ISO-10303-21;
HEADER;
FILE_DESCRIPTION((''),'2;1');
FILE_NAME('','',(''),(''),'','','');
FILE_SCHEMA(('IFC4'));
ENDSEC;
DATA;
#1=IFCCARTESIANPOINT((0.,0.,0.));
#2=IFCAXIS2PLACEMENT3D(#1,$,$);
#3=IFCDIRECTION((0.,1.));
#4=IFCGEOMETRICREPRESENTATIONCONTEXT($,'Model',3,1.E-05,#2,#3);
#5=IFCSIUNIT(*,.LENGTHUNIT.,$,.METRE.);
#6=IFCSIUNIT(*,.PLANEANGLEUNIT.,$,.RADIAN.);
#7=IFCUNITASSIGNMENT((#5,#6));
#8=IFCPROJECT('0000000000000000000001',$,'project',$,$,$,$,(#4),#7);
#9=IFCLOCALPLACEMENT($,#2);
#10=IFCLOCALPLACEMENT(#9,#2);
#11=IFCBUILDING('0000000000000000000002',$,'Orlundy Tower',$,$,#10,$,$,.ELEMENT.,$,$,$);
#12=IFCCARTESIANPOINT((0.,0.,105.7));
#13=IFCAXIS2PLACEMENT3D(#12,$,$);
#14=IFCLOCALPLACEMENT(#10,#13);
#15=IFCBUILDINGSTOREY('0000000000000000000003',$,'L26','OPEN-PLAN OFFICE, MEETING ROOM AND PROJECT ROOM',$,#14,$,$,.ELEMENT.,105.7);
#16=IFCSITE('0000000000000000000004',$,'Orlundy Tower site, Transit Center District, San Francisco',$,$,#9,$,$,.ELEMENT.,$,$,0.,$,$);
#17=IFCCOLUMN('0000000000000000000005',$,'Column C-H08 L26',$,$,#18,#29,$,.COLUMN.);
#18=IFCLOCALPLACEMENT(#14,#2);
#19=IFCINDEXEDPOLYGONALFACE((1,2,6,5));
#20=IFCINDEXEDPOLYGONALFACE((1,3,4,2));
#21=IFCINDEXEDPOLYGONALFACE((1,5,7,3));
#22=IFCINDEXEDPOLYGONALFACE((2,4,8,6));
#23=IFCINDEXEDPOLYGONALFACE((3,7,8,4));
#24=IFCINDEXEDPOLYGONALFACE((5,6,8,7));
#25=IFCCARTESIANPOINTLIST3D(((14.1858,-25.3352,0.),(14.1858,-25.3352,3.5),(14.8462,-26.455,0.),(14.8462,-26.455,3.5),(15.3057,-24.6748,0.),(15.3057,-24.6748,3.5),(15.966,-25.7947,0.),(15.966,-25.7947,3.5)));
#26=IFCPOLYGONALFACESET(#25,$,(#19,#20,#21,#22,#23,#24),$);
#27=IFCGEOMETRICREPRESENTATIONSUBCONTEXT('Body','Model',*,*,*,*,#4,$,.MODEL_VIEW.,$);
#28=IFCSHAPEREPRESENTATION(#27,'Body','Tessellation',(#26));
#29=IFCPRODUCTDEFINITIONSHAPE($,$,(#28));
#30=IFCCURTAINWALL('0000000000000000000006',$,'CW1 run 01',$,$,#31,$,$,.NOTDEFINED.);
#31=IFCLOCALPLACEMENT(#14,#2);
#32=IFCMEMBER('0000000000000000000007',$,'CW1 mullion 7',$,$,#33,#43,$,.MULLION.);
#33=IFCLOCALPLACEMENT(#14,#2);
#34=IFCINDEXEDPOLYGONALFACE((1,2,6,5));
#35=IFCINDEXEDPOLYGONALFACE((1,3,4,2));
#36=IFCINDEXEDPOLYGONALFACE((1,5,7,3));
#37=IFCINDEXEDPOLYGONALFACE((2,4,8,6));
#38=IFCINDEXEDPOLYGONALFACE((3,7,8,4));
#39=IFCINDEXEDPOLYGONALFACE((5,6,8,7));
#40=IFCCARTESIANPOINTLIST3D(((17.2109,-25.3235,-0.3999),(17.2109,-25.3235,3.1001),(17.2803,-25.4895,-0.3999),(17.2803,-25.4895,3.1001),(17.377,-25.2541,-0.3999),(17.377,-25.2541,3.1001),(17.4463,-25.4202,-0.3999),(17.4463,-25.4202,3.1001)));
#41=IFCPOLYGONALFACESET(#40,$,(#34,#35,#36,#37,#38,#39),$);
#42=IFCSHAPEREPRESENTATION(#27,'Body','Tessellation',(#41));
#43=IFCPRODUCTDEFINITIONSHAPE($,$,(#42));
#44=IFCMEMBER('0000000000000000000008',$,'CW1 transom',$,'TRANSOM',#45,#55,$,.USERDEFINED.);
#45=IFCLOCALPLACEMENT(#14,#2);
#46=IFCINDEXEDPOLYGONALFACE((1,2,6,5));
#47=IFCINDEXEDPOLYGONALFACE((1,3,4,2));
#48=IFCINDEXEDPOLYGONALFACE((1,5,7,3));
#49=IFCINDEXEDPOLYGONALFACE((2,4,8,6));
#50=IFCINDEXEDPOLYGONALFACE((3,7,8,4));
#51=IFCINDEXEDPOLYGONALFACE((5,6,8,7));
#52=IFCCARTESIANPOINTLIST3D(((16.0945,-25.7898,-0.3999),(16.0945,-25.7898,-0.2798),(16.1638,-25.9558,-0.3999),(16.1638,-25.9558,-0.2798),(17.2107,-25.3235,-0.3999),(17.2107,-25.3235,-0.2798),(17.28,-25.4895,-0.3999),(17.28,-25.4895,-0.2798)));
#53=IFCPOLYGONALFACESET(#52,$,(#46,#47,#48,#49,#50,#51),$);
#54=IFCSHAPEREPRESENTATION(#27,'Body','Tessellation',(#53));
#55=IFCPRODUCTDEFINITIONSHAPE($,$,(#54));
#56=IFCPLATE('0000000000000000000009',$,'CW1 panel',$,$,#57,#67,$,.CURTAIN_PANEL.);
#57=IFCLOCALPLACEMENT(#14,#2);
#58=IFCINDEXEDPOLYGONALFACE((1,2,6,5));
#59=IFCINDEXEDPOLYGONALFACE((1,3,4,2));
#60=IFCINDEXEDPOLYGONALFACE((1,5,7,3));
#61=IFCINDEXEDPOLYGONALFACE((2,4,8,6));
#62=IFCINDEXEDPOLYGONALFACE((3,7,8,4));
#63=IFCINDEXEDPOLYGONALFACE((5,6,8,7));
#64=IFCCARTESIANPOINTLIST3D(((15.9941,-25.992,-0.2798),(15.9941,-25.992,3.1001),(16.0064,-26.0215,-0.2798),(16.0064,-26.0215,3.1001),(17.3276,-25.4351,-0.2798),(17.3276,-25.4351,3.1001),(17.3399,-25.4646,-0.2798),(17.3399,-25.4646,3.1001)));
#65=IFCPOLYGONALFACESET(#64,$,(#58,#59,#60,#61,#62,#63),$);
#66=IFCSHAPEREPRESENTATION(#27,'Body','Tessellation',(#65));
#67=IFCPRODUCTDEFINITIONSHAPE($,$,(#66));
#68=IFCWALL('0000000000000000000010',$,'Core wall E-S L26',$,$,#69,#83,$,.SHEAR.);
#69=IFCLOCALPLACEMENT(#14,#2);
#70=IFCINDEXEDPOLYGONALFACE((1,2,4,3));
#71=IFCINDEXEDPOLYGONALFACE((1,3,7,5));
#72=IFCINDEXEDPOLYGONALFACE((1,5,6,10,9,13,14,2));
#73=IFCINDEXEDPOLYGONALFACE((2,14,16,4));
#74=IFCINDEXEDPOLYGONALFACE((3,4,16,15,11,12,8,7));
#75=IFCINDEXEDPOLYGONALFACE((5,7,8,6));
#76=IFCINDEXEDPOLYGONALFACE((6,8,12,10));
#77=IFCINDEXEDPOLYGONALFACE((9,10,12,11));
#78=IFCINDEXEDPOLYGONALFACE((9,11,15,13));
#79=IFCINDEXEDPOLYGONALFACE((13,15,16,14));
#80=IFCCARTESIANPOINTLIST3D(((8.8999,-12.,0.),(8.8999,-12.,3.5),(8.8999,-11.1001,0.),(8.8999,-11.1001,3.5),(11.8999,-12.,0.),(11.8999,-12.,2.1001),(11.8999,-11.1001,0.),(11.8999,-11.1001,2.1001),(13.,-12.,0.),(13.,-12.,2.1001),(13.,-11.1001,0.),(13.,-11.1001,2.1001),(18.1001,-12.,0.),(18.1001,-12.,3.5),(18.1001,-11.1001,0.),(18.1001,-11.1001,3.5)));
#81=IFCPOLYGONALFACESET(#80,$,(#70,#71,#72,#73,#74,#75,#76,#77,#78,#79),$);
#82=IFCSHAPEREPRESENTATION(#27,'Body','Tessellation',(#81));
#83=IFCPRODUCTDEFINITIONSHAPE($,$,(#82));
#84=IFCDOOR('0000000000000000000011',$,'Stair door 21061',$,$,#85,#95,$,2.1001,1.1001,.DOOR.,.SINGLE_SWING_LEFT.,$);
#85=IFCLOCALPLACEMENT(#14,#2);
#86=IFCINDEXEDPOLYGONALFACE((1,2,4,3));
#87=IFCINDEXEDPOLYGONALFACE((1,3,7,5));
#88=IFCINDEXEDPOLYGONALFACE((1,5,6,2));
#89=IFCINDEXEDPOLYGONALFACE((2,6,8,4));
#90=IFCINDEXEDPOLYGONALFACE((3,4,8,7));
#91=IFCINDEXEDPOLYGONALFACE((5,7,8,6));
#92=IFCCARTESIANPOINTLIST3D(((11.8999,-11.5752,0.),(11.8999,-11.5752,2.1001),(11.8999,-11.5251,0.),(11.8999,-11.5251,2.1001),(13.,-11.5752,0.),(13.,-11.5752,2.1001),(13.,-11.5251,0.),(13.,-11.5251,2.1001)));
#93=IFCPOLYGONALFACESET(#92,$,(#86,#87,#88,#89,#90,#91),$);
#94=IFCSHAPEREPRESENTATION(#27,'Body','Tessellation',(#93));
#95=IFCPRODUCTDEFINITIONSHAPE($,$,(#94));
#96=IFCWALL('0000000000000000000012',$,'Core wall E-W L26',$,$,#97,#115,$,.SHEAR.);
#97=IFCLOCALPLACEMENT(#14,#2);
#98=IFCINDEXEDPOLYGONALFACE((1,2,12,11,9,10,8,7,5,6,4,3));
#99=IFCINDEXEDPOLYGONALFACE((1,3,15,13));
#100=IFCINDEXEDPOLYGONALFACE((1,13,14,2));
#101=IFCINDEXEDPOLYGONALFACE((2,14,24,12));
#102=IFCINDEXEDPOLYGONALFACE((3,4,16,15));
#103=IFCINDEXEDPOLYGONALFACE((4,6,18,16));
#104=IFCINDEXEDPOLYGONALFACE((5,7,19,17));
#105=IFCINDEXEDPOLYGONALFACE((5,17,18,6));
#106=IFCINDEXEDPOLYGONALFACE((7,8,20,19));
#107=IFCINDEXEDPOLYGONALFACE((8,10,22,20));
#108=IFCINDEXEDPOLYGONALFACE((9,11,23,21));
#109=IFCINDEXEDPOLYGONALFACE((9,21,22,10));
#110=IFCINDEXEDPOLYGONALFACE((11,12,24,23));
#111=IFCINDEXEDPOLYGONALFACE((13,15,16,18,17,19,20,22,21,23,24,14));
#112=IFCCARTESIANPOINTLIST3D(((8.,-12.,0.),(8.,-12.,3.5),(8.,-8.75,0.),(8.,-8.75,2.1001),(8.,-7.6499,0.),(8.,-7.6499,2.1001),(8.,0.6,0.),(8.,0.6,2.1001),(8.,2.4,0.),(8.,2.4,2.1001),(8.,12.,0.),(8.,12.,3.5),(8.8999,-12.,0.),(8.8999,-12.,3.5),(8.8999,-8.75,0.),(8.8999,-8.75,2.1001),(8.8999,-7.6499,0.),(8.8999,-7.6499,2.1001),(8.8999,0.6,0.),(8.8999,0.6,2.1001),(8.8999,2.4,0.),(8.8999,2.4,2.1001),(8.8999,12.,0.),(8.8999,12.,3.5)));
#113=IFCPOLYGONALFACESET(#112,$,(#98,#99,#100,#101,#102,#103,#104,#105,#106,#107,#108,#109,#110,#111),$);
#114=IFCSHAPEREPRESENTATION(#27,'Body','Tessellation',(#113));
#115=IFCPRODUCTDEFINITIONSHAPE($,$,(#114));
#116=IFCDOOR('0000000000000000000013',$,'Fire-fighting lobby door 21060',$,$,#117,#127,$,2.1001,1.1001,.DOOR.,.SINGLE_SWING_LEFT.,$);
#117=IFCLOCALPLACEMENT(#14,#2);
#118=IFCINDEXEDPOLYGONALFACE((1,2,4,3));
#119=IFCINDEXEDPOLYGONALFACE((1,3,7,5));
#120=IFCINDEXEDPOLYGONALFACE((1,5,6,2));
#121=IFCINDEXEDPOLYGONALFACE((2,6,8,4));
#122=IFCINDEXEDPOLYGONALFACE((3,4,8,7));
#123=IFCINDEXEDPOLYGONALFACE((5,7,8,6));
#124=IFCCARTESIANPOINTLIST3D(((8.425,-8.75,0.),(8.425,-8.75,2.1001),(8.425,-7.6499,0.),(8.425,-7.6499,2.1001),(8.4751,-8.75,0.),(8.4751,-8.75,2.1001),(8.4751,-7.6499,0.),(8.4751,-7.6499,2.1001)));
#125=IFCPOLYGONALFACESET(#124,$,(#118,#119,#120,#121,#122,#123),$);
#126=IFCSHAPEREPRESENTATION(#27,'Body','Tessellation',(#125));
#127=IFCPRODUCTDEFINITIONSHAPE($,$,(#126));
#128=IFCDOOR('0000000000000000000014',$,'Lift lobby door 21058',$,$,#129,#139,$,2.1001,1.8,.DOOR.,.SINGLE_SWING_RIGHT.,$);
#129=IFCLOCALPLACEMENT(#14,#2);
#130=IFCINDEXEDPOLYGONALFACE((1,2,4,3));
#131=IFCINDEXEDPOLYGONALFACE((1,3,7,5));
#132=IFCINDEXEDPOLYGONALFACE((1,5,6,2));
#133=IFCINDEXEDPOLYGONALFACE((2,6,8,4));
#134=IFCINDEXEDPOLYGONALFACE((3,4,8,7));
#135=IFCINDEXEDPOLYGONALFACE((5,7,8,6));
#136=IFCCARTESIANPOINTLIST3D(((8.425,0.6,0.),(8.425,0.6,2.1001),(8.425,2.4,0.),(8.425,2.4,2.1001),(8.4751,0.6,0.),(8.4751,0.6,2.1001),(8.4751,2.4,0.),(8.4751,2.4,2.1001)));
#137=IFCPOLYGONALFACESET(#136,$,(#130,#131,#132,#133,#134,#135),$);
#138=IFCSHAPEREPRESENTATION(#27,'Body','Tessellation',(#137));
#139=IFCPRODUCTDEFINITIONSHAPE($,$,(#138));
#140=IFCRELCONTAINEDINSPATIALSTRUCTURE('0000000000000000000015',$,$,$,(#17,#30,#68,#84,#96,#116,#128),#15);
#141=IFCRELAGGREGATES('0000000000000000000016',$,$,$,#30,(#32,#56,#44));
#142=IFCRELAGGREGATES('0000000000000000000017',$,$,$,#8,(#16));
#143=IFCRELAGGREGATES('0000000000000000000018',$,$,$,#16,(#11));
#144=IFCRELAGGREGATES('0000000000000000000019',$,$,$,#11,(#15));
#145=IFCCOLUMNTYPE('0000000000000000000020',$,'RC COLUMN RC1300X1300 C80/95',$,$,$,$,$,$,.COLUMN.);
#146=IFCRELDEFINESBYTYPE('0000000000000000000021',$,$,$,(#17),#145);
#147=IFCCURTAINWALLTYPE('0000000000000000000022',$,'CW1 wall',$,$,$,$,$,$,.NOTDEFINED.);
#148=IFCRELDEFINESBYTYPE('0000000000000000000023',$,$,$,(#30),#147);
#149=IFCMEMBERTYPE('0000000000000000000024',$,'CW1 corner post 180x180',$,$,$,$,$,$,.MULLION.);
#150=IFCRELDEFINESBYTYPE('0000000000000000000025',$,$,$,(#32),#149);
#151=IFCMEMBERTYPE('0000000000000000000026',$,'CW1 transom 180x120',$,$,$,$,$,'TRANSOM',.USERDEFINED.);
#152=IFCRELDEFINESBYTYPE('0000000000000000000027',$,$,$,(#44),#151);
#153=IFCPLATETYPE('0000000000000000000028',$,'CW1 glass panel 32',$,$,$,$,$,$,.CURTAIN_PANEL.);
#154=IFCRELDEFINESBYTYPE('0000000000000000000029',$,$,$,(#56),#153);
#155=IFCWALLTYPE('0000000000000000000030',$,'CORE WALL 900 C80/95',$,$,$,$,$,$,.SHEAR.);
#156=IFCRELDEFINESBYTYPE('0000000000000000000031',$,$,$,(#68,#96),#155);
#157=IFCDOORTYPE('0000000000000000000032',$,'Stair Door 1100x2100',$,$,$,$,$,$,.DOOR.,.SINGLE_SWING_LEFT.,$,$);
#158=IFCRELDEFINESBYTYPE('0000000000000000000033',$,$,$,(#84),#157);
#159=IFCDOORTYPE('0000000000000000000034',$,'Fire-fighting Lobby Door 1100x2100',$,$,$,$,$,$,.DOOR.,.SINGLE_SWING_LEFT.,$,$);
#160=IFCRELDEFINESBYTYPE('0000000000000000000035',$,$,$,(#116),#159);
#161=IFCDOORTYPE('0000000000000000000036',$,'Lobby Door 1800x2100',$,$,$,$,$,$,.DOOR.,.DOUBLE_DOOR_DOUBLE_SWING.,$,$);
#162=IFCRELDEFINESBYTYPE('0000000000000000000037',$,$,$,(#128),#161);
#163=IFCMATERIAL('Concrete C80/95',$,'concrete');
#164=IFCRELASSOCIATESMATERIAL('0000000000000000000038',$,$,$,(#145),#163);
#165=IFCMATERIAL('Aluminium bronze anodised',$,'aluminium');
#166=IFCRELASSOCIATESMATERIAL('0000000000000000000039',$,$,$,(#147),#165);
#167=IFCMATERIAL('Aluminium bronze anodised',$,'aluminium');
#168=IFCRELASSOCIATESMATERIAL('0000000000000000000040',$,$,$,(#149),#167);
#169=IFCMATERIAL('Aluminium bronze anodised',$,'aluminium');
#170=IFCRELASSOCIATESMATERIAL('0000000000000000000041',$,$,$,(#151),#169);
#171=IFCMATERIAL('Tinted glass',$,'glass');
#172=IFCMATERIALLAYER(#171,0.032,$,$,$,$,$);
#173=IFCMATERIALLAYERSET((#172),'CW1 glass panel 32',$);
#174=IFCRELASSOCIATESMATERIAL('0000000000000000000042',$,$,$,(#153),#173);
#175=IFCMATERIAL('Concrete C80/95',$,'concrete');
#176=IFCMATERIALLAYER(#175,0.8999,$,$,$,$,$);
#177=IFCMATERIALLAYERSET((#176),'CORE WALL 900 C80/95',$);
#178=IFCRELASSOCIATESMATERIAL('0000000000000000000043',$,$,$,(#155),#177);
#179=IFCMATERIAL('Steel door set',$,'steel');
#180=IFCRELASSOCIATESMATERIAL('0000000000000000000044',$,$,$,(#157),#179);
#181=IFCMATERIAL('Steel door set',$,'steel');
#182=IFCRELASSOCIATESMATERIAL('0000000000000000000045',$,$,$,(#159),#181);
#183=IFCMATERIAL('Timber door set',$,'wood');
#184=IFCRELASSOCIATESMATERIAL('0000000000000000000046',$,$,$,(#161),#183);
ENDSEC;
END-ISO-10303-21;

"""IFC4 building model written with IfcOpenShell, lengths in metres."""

from ifc_helpers import new_model, si_unit, direction, frame, frame_2d, origin, origin_2d, place, context, subcontext, project, spatial, rectangle, extrude, material, layer, layer_set, material_profile, profile_set, type_object, element, fill, aggregate, save


model = new_model("IFC4")

# Units and contexts
model_context = context("Model", 3, precision=1e-05, world=origin(), true_north=direction((0.0, 1.0)))
body_context = subcontext(model_context, "Body", "Model", "MODEL_VIEW")
ifc_project = project(units=[si_unit("LENGTHUNIT", "METRE"), si_unit("PLANEANGLEUNIT", "RADIAN")], contexts=[model_context])

# Site, building, storey
site_placement = place(None, origin())
site = spatial("IfcSite", under=ifc_project, at=site_placement, Name="Orlundy Tower site, Transit Center District, San Francisco", CompositionType="ELEMENT", RefElevation=0.0)
building_placement = place(site_placement, origin())
building = spatial("IfcBuilding", under=site, at=building_placement, Name="Orlundy Tower", CompositionType="ELEMENT")
storey_placement = place(building_placement, frame((0.0, 0.0, 105.7)))
storey = spatial("IfcBuildingStorey", under=building, at=storey_placement, Name="L26", Description="OPEN-PLAN OFFICE, MEETING ROOM AND PROJECT ROOM", CompositionType="ELEMENT", Elevation=105.7)

# Column
ifc_material_1 = material(Name="Concrete C80/95", Category="concrete")
ifc_material_profile_1 = material_profile(ifc_material_1, rectangle(XDim=1.3, YDim=1.3, at=origin_2d()), Name="RC1300X1300")
ifc_profile_set_1 = profile_set([ifc_material_profile_1], Name="Concrete C80/95")
column_type = type_object("IfcColumnType", Name="RC COLUMN RC1300X1300 C80/95", PredefinedType="COLUMN", material=ifc_profile_set_1)
column_placement = place(storey_placement, frame((15.0759, -25.5649, 0.0), z_axis=(0.0, 0.0, 1.0), x_axis=(0.507959, -0.861381, 0.0)))
element("IfcColumn", 1, at=column_placement, inside=storey, type_object=column_type, Name="Column C-H08 L26", PredefinedType="COLUMN", context=body_context, shape_type="SweptSolid", body=[
    extrude(rectangle(XDim=1.3, YDim=1.3, at=origin_2d()), origin(), (0.0, 0.0, 1.0), 3.5),
])

# Curtain wall, members, plate
ifc_material_2 = material(Name="Aluminium bronze anodised", Category="aluminium")
curtain_wall_type = type_object("IfcCurtainWallType", Name="CW1 wall", PredefinedType="NOTDEFINED", material=ifc_material_2)
curtain_wall_placement = place(storey_placement, origin())
curtain_wall = element("IfcCurtainWall", 2, at=curtain_wall_placement, inside=storey, type_object=curtain_wall_type, Name="CW1 run 01", PredefinedType="NOTDEFINED")
ifc_material_3 = material(Name="Aluminium bronze anodised", Category="aluminium")
ifc_material_profile_2 = material_profile(ifc_material_3, rectangle(XDim=0.1799, YDim=0.1799, at=origin_2d()), Name="CW1 corner post 180x180")
ifc_profile_set_2 = profile_set([ifc_material_profile_2], Name="Aluminium bronze anodised")
member_type_1 = type_object("IfcMemberType", Name="CW1 corner post 180x180", PredefinedType="MULLION", material=ifc_profile_set_2)
member_1_placement = place(storey_placement, frame((17.3286, -25.3718, -0.3999), z_axis=(0.0, 0.0, 1.0), x_axis=(0.385377, -0.922759, 0.0)))
member_1 = element("IfcMember", 3, at=member_1_placement, type_object=member_type_1, Name="CW1 mullion 7", PredefinedType="MULLION", context=body_context, shape_type="SweptSolid", body=[
    extrude(rectangle(XDim=0.1799, YDim=0.1799, at=origin_2d()), origin(), (0.0, 0.0, 1.0), 3.5),
])
ifc_material_4 = material(Name="Aluminium bronze anodised", Category="aluminium")
ifc_material_profile_3 = material_profile(ifc_material_4, rectangle(XDim=0.1799, YDim=0.1201, at=origin_2d()), Name="CW1 transom 180x120")
ifc_profile_set_3 = profile_set([ifc_material_profile_3], Name="Aluminium bronze anodised")
member_type_2 = type_object("IfcMemberType", Name="CW1 transom 180x120", ElementType="TRANSOM", PredefinedType="USERDEFINED", material=ifc_profile_set_3)
member_2_placement = place(storey_placement, frame((17.2454, -25.4065, -0.3398), z_axis=(-0.922718, -0.385475, 0.0), x_axis=(0.385475, -0.922718, 0.0)))
member_2 = element("IfcMember", 4, at=member_2_placement, type_object=member_type_2, Name="CW1 transom", ObjectType="TRANSOM", PredefinedType="USERDEFINED", context=body_context, shape_type="SweptSolid", body=[
    extrude(rectangle(XDim=0.1799, YDim=0.1201, at=origin_2d()), origin(), (0.0, 0.0, 1.0), 1.2097),
])
ifc_material_5 = material(Name="Tinted glass", Category="glass")
ifc_layer_1 = layer(ifc_material_5, 0.032)
ifc_layer_set_1 = layer_set([ifc_layer_1], Name="CW1 glass panel 32")
plate_type = type_object("IfcPlateType", Name="CW1 glass panel 32", PredefinedType="CURTAIN_PANEL", material=ifc_layer_set_1)
plate_placement = place(storey_placement, frame((16.667, -25.7283, -0.2798), z_axis=(0.0, 0.0, 1.0), x_axis=(-0.922759, -0.385377, 0.0)))
plate = element("IfcPlate", 5, at=plate_placement, type_object=plate_type, Name="CW1 panel", PredefinedType="CURTAIN_PANEL", context=body_context, shape_type="SweptSolid", body=[
    extrude(rectangle(XDim=1.4451, YDim=0.032, at=origin_2d()), origin(), (0.0, 0.0, 1.0), 3.3799),
])
aggregate(curtain_wall, [member_1, plate, member_2])

# Wall, opening, door
ifc_material_6 = material(Name="Concrete C80/95", Category="concrete")
ifc_layer_2 = layer(ifc_material_6, 0.8999)
ifc_layer_set_2 = layer_set([ifc_layer_2], Name="CORE WALL 900 C80/95")
wall_type_1 = type_object("IfcWallType", Name="CORE WALL 900 C80/95", PredefinedType="SHEAR", material=ifc_layer_set_2)
wall_1_placement = place(storey_placement, frame((8.8999, -11.55, 0.0), z_axis=(0.0, 0.0, 1.0), x_axis=(1.0, 0.0, 0.0)))
wall_1 = element("IfcWall", 6, at=wall_1_placement, inside=storey, type_object=wall_type_1, Name="Core wall E-S L26", PredefinedType="SHEAR", context=body_context, shape_type="SweptSolid", body=[
    extrude(rectangle(XDim=9.2002, YDim=0.8999, at=frame_2d((4.6001, 0.0))), origin(), (0.0, 0.0, 1.0), 3.5),
])
opening_1_placement = place(wall_1_placement, frame((3.0, 0.0, 0.0)))
opening_1 = element("IfcOpeningElement", 7, at=opening_1_placement, cuts=wall_1, PredefinedType="OPENING", context=body_context, shape_type="SweptSolid", body=[
    extrude(rectangle(XDim=1.1001, YDim=2.1001, at=frame_2d((0.55, 1.05))), frame((0.0, 0.46, 0.0), z_axis=(0.0, -1.0, 0.0), x_axis=(1.0, 0.0, 0.0)), (0.0, 0.0, 1.0), 0.9199),
])
ifc_material_7 = material(Name="Steel door set", Category="steel")
door_type_1 = type_object("IfcDoorType", Name="Stair Door 1100x2100", OperationType="SINGLE_SWING_LEFT", PredefinedType="DOOR", material=ifc_material_7)
door_1_placement = place(opening_1_placement, origin())
door_1 = element("IfcDoor", 8, at=door_1_placement, inside=storey, type_object=door_type_1, Name="Stair door 21061", OperationType="SINGLE_SWING_LEFT", OverallHeight=2.1001, OverallWidth=1.1001, PredefinedType="DOOR", context=body_context, shape_type="SweptSolid", body=[
    extrude(rectangle(XDim=1.1001, YDim=2.1001, at=frame_2d((0.55, 1.05))), frame((0.0, 0.0249, 0.0), z_axis=(0.0, -1.0, 0.0), x_axis=(1.0, 0.0, 0.0)), (0.0, 0.0, 1.0), 0.05),
])
fill(opening_1, door_1)

# Wall, openings, doors
wall_2_placement = place(storey_placement, frame((8.45, -12.0, 0.0), z_axis=(0.0, 0.0, 1.0), x_axis=(0.0, 1.0, 0.0)))
wall_2 = element("IfcWall", 9, at=wall_2_placement, inside=storey, type_object=wall_type_1, Name="Core wall E-W L26", PredefinedType="SHEAR", context=body_context, shape_type="SweptSolid", body=[
    extrude(rectangle(XDim=24.0, YDim=0.8999, at=frame_2d((12.0, 0.0))), origin(), (0.0, 0.0, 1.0), 3.5),
])
opening_2_placement = place(wall_2_placement, frame((12.6001, 0.0, 0.0)))
opening_2 = element("IfcOpeningElement", 10, at=opening_2_placement, cuts=wall_2, PredefinedType="OPENING", context=body_context, shape_type="SweptSolid", body=[
    extrude(rectangle(XDim=1.8, YDim=2.1001, at=frame_2d((0.8999, 1.05))), frame((0.0, 0.46, 0.0), z_axis=(0.0, -1.0, 0.0), x_axis=(1.0, 0.0, 0.0)), (0.0, 0.0, 1.0), 0.9199),
])
opening_3_placement = place(wall_2_placement, frame((3.25, 0.0, 0.0)))
opening_3 = element("IfcOpeningElement", 11, at=opening_3_placement, cuts=wall_2, PredefinedType="OPENING", context=body_context, shape_type="SweptSolid", body=[
    extrude(rectangle(XDim=1.1001, YDim=2.1001, at=frame_2d((0.55, 1.05))), frame((0.0, 0.46, 0.0), z_axis=(0.0, -1.0, 0.0), x_axis=(1.0, 0.0, 0.0)), (0.0, 0.0, 1.0), 0.9199),
])
ifc_material_8 = material(Name="Steel door set", Category="steel")
door_type_2 = type_object("IfcDoorType", Name="Fire-fighting Lobby Door 1100x2100", OperationType="SINGLE_SWING_LEFT", PredefinedType="DOOR", material=ifc_material_8)
door_2_placement = place(opening_3_placement, origin())
door_2 = element("IfcDoor", 12, at=door_2_placement, inside=storey, type_object=door_type_2, Name="Fire-fighting lobby door 21060", OperationType="SINGLE_SWING_LEFT", OverallHeight=2.1001, OverallWidth=1.1001, PredefinedType="DOOR", context=body_context, shape_type="SweptSolid", body=[
    extrude(rectangle(XDim=1.1001, YDim=2.1001, at=frame_2d((0.55, 1.05))), frame((0.0, 0.0249, 0.0), z_axis=(0.0, -1.0, 0.0), x_axis=(1.0, 0.0, 0.0)), (0.0, 0.0, 1.0), 0.05),
])
fill(opening_3, door_2)
ifc_material_9 = material(Name="Timber door set", Category="wood")
door_type_3 = type_object("IfcDoorType", Name="Lobby Door 1800x2100", OperationType="DOUBLE_DOOR_DOUBLE_SWING", PredefinedType="DOOR", material=ifc_material_9)
door_3_placement = place(opening_2_placement, origin())
door_3 = element("IfcDoor", 13, at=door_3_placement, inside=storey, type_object=door_type_3, Name="Lift lobby door 21058", OperationType="SINGLE_SWING_RIGHT", OverallHeight=2.1001, OverallWidth=1.8, PredefinedType="DOOR", context=body_context, shape_type="SweptSolid", body=[
    extrude(rectangle(XDim=1.8, YDim=2.1001, at=frame_2d((0.8999, 1.05))), frame((0.0, 0.0249, 0.0), z_axis=(0.0, -1.0, 0.0), x_axis=(1.0, 0.0, 0.0)), (0.0, 0.0, 1.0), 0.05),
])
fill(opening_2, door_3)

save(model, "model.ifc")
